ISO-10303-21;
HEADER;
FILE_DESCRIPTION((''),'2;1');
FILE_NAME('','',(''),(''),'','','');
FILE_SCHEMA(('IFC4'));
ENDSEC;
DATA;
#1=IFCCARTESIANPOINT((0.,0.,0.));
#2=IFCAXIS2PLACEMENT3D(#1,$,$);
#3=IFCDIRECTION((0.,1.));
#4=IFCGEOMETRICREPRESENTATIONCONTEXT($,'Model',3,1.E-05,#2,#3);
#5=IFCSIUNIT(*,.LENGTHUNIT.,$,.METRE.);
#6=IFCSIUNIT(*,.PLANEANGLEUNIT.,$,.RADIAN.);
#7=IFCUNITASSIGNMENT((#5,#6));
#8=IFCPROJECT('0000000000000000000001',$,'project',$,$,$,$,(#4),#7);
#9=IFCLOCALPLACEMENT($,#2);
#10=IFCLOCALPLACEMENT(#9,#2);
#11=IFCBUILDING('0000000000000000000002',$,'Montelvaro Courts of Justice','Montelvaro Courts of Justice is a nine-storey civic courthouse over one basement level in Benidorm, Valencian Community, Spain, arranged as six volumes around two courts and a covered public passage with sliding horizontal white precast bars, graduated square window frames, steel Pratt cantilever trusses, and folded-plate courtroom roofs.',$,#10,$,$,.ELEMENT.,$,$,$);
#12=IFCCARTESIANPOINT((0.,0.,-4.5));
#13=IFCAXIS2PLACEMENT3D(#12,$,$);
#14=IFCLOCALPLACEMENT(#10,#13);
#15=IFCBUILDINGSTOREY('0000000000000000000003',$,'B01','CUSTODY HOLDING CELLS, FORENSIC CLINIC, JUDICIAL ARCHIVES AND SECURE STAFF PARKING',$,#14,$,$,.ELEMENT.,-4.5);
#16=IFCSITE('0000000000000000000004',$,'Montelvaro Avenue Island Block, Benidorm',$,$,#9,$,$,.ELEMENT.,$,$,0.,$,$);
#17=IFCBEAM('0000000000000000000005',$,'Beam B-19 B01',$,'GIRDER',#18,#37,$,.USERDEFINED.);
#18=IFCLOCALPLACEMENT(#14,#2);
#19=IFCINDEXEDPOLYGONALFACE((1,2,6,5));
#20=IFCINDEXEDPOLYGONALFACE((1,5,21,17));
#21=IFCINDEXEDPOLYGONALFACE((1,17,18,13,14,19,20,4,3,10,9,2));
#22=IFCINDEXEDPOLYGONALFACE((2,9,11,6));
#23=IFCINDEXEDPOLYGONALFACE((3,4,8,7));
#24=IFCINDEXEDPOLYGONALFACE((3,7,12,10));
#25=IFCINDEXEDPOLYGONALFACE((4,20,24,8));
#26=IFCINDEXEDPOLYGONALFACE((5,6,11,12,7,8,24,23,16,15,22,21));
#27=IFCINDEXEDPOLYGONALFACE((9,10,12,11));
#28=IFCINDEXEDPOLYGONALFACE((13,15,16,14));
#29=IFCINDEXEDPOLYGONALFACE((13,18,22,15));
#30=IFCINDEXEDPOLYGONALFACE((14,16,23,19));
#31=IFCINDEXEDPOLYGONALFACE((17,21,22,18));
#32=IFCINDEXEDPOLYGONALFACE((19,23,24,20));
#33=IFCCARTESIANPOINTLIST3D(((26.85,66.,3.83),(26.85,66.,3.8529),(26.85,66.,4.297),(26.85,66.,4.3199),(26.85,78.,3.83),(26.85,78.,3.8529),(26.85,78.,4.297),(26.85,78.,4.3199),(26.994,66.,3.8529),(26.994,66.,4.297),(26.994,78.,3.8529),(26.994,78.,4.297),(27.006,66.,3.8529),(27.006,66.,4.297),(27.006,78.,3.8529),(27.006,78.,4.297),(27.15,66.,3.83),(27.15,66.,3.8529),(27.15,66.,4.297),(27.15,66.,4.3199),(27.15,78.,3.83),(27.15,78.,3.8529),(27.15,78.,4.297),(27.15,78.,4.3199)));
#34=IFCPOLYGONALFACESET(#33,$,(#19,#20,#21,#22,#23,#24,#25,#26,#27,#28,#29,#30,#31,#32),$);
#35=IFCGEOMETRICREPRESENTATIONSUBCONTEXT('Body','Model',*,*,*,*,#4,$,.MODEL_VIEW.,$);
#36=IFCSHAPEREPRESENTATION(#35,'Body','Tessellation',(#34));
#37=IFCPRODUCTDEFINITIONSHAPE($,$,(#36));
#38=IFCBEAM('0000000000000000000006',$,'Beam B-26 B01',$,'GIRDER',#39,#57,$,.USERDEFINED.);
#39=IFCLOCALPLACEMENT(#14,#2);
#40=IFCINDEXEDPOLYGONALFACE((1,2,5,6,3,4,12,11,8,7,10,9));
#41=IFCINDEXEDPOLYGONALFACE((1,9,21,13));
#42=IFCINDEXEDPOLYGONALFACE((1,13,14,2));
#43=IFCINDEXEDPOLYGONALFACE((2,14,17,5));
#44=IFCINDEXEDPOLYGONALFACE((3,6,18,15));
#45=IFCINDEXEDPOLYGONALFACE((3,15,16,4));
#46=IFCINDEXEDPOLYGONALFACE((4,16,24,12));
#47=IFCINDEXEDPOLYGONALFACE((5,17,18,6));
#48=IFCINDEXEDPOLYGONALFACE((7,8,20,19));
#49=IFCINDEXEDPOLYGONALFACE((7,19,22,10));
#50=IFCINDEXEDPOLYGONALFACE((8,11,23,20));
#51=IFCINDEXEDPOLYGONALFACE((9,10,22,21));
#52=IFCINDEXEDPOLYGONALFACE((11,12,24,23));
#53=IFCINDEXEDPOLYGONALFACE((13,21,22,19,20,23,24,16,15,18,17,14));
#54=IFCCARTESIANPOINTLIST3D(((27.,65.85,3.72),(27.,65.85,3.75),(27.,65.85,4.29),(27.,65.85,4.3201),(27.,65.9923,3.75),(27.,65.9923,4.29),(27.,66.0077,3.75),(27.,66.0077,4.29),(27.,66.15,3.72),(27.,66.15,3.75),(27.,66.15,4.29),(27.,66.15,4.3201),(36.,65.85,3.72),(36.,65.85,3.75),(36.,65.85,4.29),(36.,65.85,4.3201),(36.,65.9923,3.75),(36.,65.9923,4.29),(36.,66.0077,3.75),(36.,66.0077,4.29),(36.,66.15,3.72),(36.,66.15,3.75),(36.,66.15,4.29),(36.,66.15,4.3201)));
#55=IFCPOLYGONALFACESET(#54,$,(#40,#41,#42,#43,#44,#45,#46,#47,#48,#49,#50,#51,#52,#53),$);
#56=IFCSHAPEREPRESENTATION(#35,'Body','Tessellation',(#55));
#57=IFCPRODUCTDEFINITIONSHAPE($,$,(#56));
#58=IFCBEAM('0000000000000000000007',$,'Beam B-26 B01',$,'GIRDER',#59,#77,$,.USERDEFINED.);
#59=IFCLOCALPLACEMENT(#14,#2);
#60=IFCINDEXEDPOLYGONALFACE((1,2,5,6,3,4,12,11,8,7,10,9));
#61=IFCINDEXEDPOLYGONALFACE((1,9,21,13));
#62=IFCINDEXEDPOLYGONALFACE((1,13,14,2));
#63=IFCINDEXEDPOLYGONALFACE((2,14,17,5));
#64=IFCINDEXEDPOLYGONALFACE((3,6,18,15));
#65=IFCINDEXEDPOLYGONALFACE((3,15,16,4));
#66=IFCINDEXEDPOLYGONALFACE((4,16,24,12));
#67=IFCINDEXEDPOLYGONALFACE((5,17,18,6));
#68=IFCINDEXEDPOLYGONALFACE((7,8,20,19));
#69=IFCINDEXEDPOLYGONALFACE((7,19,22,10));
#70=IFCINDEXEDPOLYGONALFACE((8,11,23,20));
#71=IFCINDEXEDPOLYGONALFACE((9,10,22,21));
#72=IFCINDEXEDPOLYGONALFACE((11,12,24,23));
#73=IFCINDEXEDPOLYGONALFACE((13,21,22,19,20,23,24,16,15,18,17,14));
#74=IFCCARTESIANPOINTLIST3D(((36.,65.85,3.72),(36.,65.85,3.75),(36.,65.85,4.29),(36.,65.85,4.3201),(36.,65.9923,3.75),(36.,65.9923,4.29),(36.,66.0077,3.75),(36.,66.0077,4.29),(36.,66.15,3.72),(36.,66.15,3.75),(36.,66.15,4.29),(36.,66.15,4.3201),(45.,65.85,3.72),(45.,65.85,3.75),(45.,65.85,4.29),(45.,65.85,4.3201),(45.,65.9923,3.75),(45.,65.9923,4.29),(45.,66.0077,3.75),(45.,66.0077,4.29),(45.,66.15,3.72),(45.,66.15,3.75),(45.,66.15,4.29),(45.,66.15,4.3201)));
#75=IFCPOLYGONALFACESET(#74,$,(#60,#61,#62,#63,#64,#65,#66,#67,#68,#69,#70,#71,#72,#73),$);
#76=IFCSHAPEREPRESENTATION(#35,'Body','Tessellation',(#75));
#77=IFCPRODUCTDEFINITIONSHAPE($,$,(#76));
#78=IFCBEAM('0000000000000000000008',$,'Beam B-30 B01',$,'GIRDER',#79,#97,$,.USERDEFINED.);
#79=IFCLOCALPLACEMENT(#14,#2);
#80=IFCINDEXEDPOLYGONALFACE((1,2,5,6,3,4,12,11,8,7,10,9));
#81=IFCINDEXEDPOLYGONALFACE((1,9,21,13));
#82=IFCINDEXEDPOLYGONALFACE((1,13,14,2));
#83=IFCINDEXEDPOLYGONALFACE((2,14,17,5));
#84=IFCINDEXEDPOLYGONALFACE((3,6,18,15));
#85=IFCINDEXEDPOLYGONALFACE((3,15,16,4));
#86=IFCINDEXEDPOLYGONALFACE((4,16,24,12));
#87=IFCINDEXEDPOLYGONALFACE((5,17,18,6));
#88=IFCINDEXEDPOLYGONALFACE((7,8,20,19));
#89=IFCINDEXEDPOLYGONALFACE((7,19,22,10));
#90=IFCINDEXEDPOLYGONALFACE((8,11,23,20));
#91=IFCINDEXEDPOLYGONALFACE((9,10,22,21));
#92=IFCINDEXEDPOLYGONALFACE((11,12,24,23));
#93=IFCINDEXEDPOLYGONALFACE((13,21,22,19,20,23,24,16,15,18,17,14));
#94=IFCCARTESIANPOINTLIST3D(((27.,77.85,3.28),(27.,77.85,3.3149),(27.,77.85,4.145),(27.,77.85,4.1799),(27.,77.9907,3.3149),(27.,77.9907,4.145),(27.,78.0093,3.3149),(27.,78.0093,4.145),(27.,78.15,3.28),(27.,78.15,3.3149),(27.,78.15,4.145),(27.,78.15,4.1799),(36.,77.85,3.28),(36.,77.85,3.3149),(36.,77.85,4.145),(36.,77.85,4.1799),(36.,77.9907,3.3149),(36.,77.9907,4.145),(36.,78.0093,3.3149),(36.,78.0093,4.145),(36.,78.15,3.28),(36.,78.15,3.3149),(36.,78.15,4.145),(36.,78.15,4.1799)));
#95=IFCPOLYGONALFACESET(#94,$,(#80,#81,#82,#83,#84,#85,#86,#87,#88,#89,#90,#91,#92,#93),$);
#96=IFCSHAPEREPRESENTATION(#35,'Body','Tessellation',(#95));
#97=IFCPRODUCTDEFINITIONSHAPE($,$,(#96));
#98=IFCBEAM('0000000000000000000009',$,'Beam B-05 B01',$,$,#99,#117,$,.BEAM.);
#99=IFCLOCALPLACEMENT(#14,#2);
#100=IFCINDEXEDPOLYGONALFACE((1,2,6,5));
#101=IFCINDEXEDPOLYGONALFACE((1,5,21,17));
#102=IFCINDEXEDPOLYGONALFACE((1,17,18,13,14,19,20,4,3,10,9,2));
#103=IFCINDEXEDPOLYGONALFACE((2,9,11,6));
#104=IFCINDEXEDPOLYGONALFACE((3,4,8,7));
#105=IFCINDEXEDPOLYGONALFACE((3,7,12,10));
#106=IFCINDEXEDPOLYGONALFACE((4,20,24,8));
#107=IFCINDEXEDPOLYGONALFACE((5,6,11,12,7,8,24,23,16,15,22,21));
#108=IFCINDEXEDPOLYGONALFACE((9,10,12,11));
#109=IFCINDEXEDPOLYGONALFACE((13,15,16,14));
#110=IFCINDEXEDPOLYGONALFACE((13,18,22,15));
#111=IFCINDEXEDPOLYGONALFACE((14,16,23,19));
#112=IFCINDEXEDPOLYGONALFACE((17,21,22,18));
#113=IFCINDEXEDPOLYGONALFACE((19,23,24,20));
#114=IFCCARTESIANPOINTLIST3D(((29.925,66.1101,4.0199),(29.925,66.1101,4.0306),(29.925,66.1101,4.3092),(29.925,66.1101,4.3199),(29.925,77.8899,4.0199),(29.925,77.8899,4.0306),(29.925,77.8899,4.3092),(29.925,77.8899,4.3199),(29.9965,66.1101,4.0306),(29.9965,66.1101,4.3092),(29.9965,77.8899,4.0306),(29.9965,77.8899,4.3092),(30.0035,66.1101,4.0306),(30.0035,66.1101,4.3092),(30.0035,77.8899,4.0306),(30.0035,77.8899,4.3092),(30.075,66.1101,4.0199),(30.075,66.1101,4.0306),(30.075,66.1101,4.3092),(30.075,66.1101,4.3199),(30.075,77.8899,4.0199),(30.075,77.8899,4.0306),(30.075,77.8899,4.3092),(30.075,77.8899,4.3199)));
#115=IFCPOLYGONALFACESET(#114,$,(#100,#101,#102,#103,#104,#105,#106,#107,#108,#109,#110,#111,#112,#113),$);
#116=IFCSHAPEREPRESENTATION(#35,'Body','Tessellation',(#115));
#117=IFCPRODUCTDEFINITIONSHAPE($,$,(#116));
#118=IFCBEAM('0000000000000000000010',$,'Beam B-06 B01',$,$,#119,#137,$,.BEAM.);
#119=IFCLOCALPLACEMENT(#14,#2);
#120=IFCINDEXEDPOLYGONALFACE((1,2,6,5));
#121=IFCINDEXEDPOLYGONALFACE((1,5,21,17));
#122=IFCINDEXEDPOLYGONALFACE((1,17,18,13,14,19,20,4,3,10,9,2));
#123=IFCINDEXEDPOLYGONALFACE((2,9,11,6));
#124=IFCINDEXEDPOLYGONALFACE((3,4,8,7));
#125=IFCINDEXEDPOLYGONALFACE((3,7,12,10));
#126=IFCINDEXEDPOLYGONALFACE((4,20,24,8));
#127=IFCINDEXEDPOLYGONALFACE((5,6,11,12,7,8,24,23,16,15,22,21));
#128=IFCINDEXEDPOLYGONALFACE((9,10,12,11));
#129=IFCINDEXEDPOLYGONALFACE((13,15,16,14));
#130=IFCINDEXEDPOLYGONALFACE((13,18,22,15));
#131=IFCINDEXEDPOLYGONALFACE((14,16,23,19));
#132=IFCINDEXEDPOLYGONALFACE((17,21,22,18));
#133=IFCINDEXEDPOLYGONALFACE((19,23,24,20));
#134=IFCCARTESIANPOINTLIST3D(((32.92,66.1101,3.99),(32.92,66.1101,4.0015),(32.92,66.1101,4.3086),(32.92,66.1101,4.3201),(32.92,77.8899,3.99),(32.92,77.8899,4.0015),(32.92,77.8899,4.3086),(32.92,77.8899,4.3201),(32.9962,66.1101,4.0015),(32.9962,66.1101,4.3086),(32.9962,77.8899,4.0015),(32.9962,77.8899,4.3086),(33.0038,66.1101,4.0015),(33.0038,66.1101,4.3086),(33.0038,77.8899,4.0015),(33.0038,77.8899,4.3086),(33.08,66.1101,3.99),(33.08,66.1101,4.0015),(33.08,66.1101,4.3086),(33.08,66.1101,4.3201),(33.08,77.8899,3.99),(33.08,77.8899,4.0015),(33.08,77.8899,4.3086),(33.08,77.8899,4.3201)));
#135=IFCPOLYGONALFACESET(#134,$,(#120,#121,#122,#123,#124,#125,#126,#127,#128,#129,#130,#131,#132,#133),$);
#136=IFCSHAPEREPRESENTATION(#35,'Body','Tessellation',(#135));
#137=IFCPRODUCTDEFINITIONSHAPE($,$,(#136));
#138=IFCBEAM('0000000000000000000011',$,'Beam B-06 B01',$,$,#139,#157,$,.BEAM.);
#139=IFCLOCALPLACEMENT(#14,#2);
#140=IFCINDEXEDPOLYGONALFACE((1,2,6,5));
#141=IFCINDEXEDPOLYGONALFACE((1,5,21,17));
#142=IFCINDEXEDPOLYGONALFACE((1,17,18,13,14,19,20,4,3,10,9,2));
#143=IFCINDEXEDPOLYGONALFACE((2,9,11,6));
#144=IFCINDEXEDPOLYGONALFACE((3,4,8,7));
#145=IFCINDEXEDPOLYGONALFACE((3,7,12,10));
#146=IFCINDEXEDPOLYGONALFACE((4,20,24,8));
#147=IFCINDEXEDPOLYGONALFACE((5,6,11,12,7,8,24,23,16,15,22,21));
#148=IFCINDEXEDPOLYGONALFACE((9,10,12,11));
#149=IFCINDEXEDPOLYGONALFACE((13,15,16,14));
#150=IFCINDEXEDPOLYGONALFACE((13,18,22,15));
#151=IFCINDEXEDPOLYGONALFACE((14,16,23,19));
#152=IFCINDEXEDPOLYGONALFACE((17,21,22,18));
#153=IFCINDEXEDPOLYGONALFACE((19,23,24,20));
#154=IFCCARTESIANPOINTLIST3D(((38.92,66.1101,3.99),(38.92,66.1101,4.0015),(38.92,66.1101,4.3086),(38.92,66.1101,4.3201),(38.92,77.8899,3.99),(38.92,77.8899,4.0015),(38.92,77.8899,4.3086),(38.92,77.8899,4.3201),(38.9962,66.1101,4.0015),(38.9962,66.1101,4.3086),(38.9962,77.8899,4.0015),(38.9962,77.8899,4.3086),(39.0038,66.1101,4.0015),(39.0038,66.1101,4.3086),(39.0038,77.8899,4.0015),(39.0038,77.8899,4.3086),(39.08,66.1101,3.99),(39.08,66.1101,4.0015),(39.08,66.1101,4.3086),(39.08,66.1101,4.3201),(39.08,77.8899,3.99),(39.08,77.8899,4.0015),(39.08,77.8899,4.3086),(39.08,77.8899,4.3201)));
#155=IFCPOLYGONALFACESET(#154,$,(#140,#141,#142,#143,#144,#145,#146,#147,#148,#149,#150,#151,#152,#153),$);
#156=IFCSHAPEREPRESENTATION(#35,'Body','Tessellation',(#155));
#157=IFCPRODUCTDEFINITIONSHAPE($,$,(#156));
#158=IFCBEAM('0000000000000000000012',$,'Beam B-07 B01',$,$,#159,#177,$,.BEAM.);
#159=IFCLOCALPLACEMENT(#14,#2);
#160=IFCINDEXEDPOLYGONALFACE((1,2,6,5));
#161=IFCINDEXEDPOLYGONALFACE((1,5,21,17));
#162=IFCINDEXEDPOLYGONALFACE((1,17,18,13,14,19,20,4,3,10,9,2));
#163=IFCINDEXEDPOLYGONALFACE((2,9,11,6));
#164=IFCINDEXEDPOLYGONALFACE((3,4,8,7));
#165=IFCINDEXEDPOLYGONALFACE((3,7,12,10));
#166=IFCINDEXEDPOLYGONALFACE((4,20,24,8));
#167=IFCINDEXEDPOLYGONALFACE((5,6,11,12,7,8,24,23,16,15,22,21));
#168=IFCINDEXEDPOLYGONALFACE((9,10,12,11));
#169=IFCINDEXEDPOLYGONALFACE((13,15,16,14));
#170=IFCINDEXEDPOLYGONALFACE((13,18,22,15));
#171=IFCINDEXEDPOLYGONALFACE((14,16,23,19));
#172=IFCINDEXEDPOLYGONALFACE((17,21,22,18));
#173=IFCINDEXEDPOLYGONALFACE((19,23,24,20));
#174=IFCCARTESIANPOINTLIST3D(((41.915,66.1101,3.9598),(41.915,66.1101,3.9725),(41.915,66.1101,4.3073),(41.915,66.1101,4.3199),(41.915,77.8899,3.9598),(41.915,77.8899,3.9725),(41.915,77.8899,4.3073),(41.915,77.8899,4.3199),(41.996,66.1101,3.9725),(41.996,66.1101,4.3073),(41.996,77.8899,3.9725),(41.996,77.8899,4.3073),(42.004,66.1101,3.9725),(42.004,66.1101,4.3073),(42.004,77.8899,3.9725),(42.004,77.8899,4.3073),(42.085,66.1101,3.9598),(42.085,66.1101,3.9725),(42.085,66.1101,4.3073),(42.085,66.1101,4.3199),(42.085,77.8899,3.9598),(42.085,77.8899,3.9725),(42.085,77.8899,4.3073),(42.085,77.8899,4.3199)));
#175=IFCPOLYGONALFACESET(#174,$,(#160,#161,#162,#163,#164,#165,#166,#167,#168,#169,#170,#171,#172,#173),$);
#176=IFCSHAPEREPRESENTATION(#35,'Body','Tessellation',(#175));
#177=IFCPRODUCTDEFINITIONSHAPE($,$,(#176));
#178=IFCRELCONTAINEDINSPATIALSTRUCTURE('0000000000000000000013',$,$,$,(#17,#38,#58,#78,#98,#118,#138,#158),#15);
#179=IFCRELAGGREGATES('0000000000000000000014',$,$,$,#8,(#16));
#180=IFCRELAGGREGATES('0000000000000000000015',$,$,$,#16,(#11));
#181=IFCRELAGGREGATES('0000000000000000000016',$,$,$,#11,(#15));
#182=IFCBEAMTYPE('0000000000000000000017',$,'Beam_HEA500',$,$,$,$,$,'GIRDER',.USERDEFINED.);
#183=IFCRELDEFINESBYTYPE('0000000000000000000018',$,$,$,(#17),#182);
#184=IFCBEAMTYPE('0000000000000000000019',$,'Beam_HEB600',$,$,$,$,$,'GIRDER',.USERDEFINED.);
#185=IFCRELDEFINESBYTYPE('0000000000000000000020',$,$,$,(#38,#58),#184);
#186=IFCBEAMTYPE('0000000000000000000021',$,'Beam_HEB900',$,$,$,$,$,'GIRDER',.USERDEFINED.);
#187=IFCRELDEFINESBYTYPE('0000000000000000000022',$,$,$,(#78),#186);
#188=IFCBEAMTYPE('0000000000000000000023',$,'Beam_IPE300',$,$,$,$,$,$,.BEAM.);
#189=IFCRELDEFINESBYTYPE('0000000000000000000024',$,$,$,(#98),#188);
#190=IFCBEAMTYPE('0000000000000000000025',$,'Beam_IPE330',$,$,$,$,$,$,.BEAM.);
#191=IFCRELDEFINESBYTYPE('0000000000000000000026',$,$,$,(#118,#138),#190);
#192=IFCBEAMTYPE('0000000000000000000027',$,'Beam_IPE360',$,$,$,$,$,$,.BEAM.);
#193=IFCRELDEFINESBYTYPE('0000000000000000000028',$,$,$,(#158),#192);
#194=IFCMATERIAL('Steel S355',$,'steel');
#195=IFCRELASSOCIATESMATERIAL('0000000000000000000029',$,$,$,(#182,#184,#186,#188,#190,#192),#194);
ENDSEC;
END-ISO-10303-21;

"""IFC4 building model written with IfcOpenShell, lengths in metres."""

from ifc_helpers import new_model, si_unit, direction, frame, origin, origin_2d, place, context, subcontext, project, spatial, i_section, extrude, material, material_profile, profile_set, type_object, element, save


model = new_model("IFC4")

# Units and contexts
model_context = context("Model", 3, precision=1e-05, world=origin(), true_north=direction((0.0, 1.0)))
body_context = subcontext(model_context, "Body", "Model", "MODEL_VIEW")
ifc_project = project(units=[si_unit("LENGTHUNIT", "METRE"), si_unit("PLANEANGLEUNIT", "RADIAN")], contexts=[model_context])

# Site, building, storey
site_placement = place(None, origin())
site = spatial("IfcSite", under=ifc_project, at=site_placement, Name="Montelvaro Avenue Island Block, Benidorm", CompositionType="ELEMENT", RefElevation=0.0)
building_placement = place(site_placement, origin())
building = spatial("IfcBuilding", under=site, at=building_placement, Name="Montelvaro Courts of Justice", Description="Montelvaro Courts of Justice is a nine-storey civic courthouse over one basement level in Benidorm, Valencian Community, Spain, arranged as six volumes around two courts and a covered public passage with sliding horizontal white precast bars, graduated square window frames, steel Pratt cantilever trusses, and folded-plate courtroom roofs.", CompositionType="ELEMENT")
storey_placement = place(building_placement, frame((0.0, 0.0, -4.5)))
storey = spatial("IfcBuildingStorey", under=building, at=storey_placement, Name="B01", Description="CUSTODY HOLDING CELLS, FORENSIC CLINIC, JUDICIAL ARCHIVES AND SECURE STAFF PARKING", CompositionType="ELEMENT", Elevation=-4.5)

# Beams
ifc_material_1 = material(Name="Steel S355", Category="steel")
ifc_material_profile_1 = material_profile(ifc_material_1, i_section(OverallWidth=0.3, OverallDepth=0.49, WebThickness=0.012, FlangeThickness=0.0229, at=origin_2d()), Name="HEA 500")
ifc_profile_set_1 = profile_set([ifc_material_profile_1], Name="Steel S355")
beam_type_1 = type_object("IfcBeamType", Name="Beam_HEA500", ElementType="GIRDER", PredefinedType="USERDEFINED", material=ifc_profile_set_1)
beam_1_placement = place(storey_placement, frame((27.0, 66.0, 4.075), z_axis=(0.0, 1.0, 0.0), x_axis=(-1.0, 0.0, 0.0)))
element("IfcBeam", 1, at=beam_1_placement, inside=storey, type_object=beam_type_1, Name="Beam B-19 B01", ObjectType="GIRDER", PredefinedType="USERDEFINED", context=body_context, shape_type="SweptSolid", body=[
    extrude(i_section(OverallWidth=0.3, OverallDepth=0.49, WebThickness=0.012, FlangeThickness=0.0229, at=origin_2d()), origin(), (0.0, 0.0, 1.0), 12.0),
])
ifc_material_profile_2 = material_profile(ifc_material_1, i_section(OverallWidth=0.3, OverallDepth=0.6001, WebThickness=0.0154, FlangeThickness=0.03, at=origin_2d()), Name="HEB 600")
ifc_profile_set_2 = profile_set([ifc_material_profile_2], Name="Steel S355")
beam_type_2 = type_object("IfcBeamType", Name="Beam_HEB600", ElementType="GIRDER", PredefinedType="USERDEFINED", material=ifc_profile_set_2)
for number, where, z_axis, x_axis, name in (
    (2, (27.0, 66.0, 4.02), (1.0, 0.0, 0.0), (0.0, 1.0, 0.0), "Beam B-26 B01"),
    (3, (36.0, 66.0, 4.02), (1.0, 0.0, 0.0), (0.0, 1.0, 0.0), "Beam B-26 B01"),
):
    element("IfcBeam", number, at=place(storey_placement, frame(where, z_axis=z_axis, x_axis=x_axis)), inside=storey, type_object=beam_type_2, Name=name, ObjectType="GIRDER", PredefinedType="USERDEFINED", context=body_context, shape_type="SweptSolid", body=[
        extrude(i_section(OverallWidth=0.3, OverallDepth=0.6001, WebThickness=0.0154, FlangeThickness=0.03, at=origin_2d()), origin(), (0.0, 0.0, 1.0), 9.0),
    ])
ifc_material_profile_3 = material_profile(ifc_material_1, i_section(OverallWidth=0.3, OverallDepth=0.8999, WebThickness=0.0186, FlangeThickness=0.0349, at=origin_2d()), Name="HEB 900")
ifc_profile_set_3 = profile_set([ifc_material_profile_3], Name="Steel S355")
beam_type_3 = type_object("IfcBeamType", Name="Beam_HEB900", ElementType="GIRDER", PredefinedType="USERDEFINED", material=ifc_profile_set_3)
beam_2_placement = place(storey_placement, frame((27.0, 78.0, 3.73), z_axis=(1.0, 0.0, 0.0), x_axis=(0.0, 1.0, 0.0)))
element("IfcBeam", 4, at=beam_2_placement, inside=storey, type_object=beam_type_3, Name="Beam B-30 B01", ObjectType="GIRDER", PredefinedType="USERDEFINED", context=body_context, shape_type="SweptSolid", body=[
    extrude(i_section(OverallWidth=0.3, OverallDepth=0.8999, WebThickness=0.0186, FlangeThickness=0.0349, at=origin_2d()), origin(), (0.0, 0.0, 1.0), 9.0),
])
ifc_material_profile_4 = material_profile(ifc_material_1, i_section(OverallWidth=0.1499, OverallDepth=0.3, WebThickness=0.0071, FlangeThickness=0.0107, at=origin_2d()), Name="IPE 300")
ifc_profile_set_4 = profile_set([ifc_material_profile_4], Name="Steel S355")
beam_type_4 = type_object("IfcBeamType", Name="Beam_IPE300", PredefinedType="BEAM", material=ifc_profile_set_4)
beam_3_placement = place(storey_placement, frame((30.0, 66.1101, 4.1699), z_axis=(0.0, 1.0, 0.0), x_axis=(-1.0, 0.0, 0.0)))
element("IfcBeam", 5, at=beam_3_placement, inside=storey, type_object=beam_type_4, Name="Beam B-05 B01", PredefinedType="BEAM", context=body_context, shape_type="SweptSolid", body=[
    extrude(i_section(OverallWidth=0.1499, OverallDepth=0.3, WebThickness=0.0071, FlangeThickness=0.0107, at=origin_2d()), origin(), (0.0, 0.0, 1.0), 11.7798),
])
ifc_material_profile_5 = material_profile(ifc_material_1, i_section(OverallWidth=0.1599, OverallDepth=0.3301, WebThickness=0.0076, FlangeThickness=0.0115, at=origin_2d()), Name="IPE 330")
ifc_profile_set_5 = profile_set([ifc_material_profile_5], Name="Steel S355")
beam_type_5 = type_object("IfcBeamType", Name="Beam_IPE330", PredefinedType="BEAM", material=ifc_profile_set_5)
for number, where, z_axis, x_axis, name in (
    (6, (33.0, 66.1101, 4.155), (0.0, 1.0, 0.0), (-1.0, 0.0, 0.0), "Beam B-06 B01"),
    (7, (39.0, 66.1101, 4.155), (0.0, 1.0, 0.0), (-1.0, 0.0, 0.0), "Beam B-06 B01"),
):
    element("IfcBeam", number, at=place(storey_placement, frame(where, z_axis=z_axis, x_axis=x_axis)), inside=storey, type_object=beam_type_5, Name=name, PredefinedType="BEAM", context=body_context, shape_type="SweptSolid", body=[
        extrude(i_section(OverallWidth=0.1599, OverallDepth=0.3301, WebThickness=0.0076, FlangeThickness=0.0115, at=origin_2d()), origin(), (0.0, 0.0, 1.0), 11.7798),
    ])
ifc_material_profile_6 = material_profile(ifc_material_1, i_section(OverallWidth=0.1699, OverallDepth=0.3601, WebThickness=0.0081, FlangeThickness=0.0127, at=origin_2d()), Name="IPE 360")
ifc_profile_set_6 = profile_set([ifc_material_profile_6], Name="Steel S355")
beam_type_6 = type_object("IfcBeamType", Name="Beam_IPE360", PredefinedType="BEAM", material=ifc_profile_set_6)
beam_4_placement = place(storey_placement, frame((42.0, 66.1101, 4.1399), z_axis=(0.0, 1.0, 0.0), x_axis=(-1.0, 0.0, 0.0)))
element("IfcBeam", 8, at=beam_4_placement, inside=storey, type_object=beam_type_6, Name="Beam B-07 B01", PredefinedType="BEAM", context=body_context, shape_type="SweptSolid", body=[
    extrude(i_section(OverallWidth=0.1699, OverallDepth=0.3601, WebThickness=0.0081, FlangeThickness=0.0127, at=origin_2d()), origin(), (0.0, 0.0, 1.0), 11.7798),
])

save(model, "model.ifc")
